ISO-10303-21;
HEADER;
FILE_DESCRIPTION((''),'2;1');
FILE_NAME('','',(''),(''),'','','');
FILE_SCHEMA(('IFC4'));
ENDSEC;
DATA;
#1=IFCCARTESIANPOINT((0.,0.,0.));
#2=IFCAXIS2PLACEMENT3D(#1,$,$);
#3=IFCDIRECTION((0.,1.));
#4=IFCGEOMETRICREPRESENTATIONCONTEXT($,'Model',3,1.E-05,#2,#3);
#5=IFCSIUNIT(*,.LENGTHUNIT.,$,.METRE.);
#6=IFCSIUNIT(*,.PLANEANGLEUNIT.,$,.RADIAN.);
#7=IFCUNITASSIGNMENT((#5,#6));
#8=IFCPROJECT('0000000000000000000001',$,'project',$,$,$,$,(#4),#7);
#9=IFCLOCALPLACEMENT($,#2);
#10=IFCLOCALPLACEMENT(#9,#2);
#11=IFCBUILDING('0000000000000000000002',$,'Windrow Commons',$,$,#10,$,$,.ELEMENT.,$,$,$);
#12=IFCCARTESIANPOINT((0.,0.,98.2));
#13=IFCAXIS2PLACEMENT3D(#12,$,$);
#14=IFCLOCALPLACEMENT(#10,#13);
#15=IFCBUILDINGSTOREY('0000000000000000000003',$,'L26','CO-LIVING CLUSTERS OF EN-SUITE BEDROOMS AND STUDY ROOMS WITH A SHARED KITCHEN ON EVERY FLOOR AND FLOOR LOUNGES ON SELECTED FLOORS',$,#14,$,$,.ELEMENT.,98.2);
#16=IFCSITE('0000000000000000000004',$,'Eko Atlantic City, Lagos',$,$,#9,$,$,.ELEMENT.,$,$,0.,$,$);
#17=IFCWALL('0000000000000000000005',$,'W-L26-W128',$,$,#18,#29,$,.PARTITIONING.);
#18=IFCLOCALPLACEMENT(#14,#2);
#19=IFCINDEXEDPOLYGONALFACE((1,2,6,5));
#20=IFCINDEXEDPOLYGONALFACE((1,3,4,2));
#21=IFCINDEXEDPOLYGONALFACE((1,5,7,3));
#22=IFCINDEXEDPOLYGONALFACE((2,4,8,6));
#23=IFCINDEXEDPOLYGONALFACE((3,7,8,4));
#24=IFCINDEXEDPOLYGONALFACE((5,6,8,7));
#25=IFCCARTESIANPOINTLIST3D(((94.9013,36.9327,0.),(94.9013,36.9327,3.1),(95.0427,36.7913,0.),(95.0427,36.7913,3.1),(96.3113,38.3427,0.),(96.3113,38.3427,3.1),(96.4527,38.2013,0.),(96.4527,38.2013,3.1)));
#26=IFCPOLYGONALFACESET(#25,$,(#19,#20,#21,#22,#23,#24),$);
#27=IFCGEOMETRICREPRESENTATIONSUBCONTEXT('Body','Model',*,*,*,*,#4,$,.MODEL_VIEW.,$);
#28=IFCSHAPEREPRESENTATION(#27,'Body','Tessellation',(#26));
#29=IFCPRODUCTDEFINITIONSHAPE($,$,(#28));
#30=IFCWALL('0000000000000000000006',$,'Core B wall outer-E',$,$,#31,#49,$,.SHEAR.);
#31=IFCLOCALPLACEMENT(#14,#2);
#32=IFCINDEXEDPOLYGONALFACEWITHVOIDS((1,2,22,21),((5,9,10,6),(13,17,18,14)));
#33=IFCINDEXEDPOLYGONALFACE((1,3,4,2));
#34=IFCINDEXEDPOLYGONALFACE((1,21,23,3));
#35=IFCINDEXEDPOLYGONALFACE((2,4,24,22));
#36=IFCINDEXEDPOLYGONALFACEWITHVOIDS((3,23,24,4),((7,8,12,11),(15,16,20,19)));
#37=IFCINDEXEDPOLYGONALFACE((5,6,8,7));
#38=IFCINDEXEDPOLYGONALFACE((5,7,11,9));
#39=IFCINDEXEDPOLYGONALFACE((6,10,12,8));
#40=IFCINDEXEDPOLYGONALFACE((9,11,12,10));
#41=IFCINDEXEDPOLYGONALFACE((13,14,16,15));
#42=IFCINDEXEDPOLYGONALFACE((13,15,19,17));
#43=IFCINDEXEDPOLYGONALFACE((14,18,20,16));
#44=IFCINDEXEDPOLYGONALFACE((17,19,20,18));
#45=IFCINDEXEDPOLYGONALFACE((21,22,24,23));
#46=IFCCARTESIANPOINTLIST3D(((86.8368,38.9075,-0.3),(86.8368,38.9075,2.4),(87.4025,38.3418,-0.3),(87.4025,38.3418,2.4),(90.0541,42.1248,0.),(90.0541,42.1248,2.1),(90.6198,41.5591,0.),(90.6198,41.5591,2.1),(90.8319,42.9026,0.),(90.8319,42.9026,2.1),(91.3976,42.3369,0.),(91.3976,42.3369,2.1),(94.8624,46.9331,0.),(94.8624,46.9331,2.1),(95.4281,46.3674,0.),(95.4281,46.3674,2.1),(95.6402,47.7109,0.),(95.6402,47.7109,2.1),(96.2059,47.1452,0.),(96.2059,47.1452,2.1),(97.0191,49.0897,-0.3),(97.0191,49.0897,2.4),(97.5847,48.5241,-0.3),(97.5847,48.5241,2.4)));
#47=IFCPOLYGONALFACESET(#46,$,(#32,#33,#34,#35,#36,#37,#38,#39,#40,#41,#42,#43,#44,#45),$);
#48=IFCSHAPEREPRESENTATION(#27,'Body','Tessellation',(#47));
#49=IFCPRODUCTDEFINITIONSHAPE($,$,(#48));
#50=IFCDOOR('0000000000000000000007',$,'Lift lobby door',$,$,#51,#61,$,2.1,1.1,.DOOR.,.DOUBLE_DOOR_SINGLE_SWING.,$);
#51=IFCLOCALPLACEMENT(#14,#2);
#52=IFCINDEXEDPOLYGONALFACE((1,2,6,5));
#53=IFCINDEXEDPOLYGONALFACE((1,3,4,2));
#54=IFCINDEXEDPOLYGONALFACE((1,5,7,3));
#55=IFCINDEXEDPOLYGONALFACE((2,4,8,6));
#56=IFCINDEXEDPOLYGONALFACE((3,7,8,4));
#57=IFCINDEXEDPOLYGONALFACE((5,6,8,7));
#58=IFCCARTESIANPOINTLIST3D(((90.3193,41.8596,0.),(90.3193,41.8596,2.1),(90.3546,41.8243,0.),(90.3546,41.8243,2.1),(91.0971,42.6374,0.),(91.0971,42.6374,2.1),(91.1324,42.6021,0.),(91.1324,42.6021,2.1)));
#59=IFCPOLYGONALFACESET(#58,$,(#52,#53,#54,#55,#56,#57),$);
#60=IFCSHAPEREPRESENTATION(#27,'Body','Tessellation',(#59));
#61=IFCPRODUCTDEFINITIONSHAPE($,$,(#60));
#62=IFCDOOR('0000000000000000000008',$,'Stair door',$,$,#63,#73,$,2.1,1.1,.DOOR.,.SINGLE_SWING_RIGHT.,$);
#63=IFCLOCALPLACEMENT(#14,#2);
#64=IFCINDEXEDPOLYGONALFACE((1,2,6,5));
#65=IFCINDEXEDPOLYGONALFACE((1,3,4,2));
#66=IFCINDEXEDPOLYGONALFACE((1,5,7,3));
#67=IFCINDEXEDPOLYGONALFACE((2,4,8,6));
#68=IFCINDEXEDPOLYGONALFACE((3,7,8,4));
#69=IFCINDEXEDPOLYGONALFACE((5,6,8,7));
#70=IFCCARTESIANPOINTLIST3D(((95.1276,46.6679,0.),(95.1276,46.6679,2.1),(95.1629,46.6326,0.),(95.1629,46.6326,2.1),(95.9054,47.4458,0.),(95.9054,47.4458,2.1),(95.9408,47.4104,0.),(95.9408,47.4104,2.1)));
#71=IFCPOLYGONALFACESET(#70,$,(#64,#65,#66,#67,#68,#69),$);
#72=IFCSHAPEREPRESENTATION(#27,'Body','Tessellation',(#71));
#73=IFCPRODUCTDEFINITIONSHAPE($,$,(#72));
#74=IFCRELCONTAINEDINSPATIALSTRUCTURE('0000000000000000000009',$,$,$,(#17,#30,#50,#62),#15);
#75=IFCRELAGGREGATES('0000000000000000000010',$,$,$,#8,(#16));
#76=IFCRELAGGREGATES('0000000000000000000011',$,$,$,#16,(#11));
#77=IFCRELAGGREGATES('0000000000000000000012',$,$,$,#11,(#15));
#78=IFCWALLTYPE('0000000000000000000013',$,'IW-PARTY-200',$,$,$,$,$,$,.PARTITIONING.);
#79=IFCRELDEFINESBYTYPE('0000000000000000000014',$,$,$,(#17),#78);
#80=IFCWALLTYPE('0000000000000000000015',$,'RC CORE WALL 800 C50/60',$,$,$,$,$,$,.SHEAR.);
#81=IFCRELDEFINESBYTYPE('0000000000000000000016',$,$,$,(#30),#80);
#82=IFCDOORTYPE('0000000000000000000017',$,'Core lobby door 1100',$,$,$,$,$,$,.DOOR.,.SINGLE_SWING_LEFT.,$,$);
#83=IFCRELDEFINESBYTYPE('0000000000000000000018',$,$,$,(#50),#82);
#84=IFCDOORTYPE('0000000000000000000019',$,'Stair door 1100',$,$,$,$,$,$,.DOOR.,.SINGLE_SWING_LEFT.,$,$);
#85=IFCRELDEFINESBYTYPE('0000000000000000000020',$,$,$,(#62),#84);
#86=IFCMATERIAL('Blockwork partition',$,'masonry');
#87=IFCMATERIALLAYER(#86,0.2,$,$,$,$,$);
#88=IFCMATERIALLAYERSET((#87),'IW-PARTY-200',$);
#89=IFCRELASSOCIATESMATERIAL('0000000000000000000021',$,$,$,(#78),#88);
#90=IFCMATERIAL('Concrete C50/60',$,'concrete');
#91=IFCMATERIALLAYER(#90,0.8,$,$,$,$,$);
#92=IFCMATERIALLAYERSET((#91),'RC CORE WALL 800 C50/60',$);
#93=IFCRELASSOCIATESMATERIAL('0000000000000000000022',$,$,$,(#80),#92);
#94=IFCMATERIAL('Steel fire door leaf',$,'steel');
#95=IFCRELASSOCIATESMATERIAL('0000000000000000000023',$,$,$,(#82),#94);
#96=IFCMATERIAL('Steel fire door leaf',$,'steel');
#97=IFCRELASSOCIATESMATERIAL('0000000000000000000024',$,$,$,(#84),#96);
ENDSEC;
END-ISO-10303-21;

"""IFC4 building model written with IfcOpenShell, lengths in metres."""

from ifc_helpers import new_model, si_unit, direction, frame, frame_2d, origin, place, context, subcontext, project, spatial, rectangle, extrude, material, layer, layer_set, type_object, element, fill, save


model = new_model("IFC4")

# Units and contexts
model_context = context("Model", 3, precision=1e-05, world=origin(), true_north=direction((0.0, 1.0)))
body_context = subcontext(model_context, "Body", "Model", "MODEL_VIEW")
ifc_project = project(units=[si_unit("LENGTHUNIT", "METRE"), si_unit("PLANEANGLEUNIT", "RADIAN")], contexts=[model_context])

# Site, building, storey
site_placement = place(None, origin())
site = spatial("IfcSite", under=ifc_project, at=site_placement, Name="Eko Atlantic City, Lagos", CompositionType="ELEMENT", RefElevation=0.0)
building_placement = place(site_placement, origin())
building = spatial("IfcBuilding", under=site, at=building_placement, Name="Windrow Commons", CompositionType="ELEMENT")
storey_placement = place(building_placement, frame((0.0, 0.0, 98.2)))
storey = spatial("IfcBuildingStorey", under=building, at=storey_placement, Name="L26", Description="CO-LIVING CLUSTERS OF EN-SUITE BEDROOMS AND STUDY ROOMS WITH A SHARED KITCHEN ON EVERY FLOOR AND FLOOR LOUNGES ON SELECTED FLOORS", CompositionType="ELEMENT", Elevation=98.2)

# Wall
ifc_material_1 = material(Name="Blockwork partition", Category="masonry")
ifc_layer_1 = layer(ifc_material_1, 0.2)
ifc_layer_set_1 = layer_set([ifc_layer_1], Name="IW-PARTY-200")
wall_type_1 = type_object("IfcWallType", Name="IW-PARTY-200", PredefinedType="PARTITIONING", material=ifc_layer_set_1)
wall_1_placement = place(storey_placement, frame((94.972, 36.862, 0.0), z_axis=(0.0, 0.0, 1.0), x_axis=(0.707107, 0.707107, 0.0)))
element("IfcWall", 1, at=wall_1_placement, inside=storey, type_object=wall_type_1, Name="W-L26-W128", PredefinedType="PARTITIONING", context=body_context, shape_type="SweptSolid", body=[
    extrude(rectangle(XDim=1.994, YDim=0.2, at=frame_2d((0.997, 0.0))), origin(), (0.0, 0.0, 1.0), 3.1),
])

# Wall, openings, doors
ifc_material_2 = material(Name="Concrete C50/60", Category="concrete")
ifc_layer_2 = layer(ifc_material_2, 0.8)
ifc_layer_set_2 = layer_set([ifc_layer_2], Name="RC CORE WALL 800 C50/60")
wall_type_2 = type_object("IfcWallType", Name="RC CORE WALL 800 C50/60", PredefinedType="SHEAR", material=ifc_layer_set_2)
wall_2_placement = place(storey_placement, frame((87.1196, 38.6246, -0.3), z_axis=(0.0, 0.0, 1.0), x_axis=(0.707107, 0.707107, 0.0)))
wall_2 = element("IfcWall", 2, at=wall_2_placement, inside=storey, type_object=wall_type_2, Name="Core B wall outer-E", PredefinedType="SHEAR", context=body_context, shape_type="SweptSolid", body=[
    extrude(rectangle(XDim=14.3999, YDim=0.8, at=frame_2d((7.2, 0.0))), origin(), (0.0, 0.0, 1.0), 2.7),
])
opening_1_placement = place(wall_2_placement, frame((4.55, 0.0, 0.3)))
opening_1 = element("IfcOpeningElement", 3, at=opening_1_placement, cuts=wall_2, PredefinedType="OPENING", context=body_context, shape_type="SweptSolid", body=[
    extrude(rectangle(XDim=1.1, YDim=2.1, at=frame_2d((0.55, 1.05))), frame((0.0, 0.41, 0.0), z_axis=(0.0, -1.0, 0.0), x_axis=(1.0, 0.0, 0.0)), (0.0, 0.0, 1.0), 0.82),
])
opening_2_placement = place(wall_2_placement, frame((11.35, 0.0, 0.3)))
opening_2 = element("IfcOpeningElement", 4, at=opening_2_placement, cuts=wall_2, PredefinedType="OPENING", context=body_context, shape_type="SweptSolid", body=[
    extrude(rectangle(XDim=1.1, YDim=2.1, at=frame_2d((0.55, 1.05))), frame((0.0, 0.41, 0.0), z_axis=(0.0, -1.0, 0.0), x_axis=(1.0, 0.0, 0.0)), (0.0, 0.0, 1.0), 0.82),
])
ifc_material_3 = material(Name="Steel fire door leaf", Category="steel")
door_type_1 = type_object("IfcDoorType", Name="Core lobby door 1100", OperationType="SINGLE_SWING_LEFT", PredefinedType="DOOR", material=ifc_material_3)
door_1_placement = place(opening_1_placement, origin())
door_1 = element("IfcDoor", 5, at=door_1_placement, inside=storey, type_object=door_type_1, Name="Lift lobby door", OperationType="DOUBLE_DOOR_SINGLE_SWING", OverallHeight=2.1, OverallWidth=1.1, PredefinedType="DOOR", context=body_context, shape_type="SweptSolid", body=[
    extrude(rectangle(XDim=1.1, YDim=2.1, at=frame_2d((0.55, 1.05))), frame((0.0, 0.025, 0.0), z_axis=(0.0, -1.0, 0.0), x_axis=(1.0, 0.0, 0.0)), (0.0, 0.0, 1.0), 0.05),
])
fill(opening_1, door_1)
ifc_material_4 = material(Name="Steel fire door leaf", Category="steel")
door_type_2 = type_object("IfcDoorType", Name="Stair door 1100", OperationType="SINGLE_SWING_LEFT", PredefinedType="DOOR", material=ifc_material_4)
door_2_placement = place(opening_2_placement, origin())
door_2 = element("IfcDoor", 6, at=door_2_placement, inside=storey, type_object=door_type_2, Name="Stair door", OperationType="SINGLE_SWING_RIGHT", OverallHeight=2.1, OverallWidth=1.1, PredefinedType="DOOR", context=body_context, shape_type="SweptSolid", body=[
    extrude(rectangle(XDim=1.1, YDim=2.1, at=frame_2d((0.55, 1.05))), frame((0.0, 0.025, 0.0), z_axis=(0.0, -1.0, 0.0), x_axis=(1.0, 0.0, 0.0)), (0.0, 0.0, 1.0), 0.05),
])
fill(opening_2, door_2)

save(model, "model.ifc")
